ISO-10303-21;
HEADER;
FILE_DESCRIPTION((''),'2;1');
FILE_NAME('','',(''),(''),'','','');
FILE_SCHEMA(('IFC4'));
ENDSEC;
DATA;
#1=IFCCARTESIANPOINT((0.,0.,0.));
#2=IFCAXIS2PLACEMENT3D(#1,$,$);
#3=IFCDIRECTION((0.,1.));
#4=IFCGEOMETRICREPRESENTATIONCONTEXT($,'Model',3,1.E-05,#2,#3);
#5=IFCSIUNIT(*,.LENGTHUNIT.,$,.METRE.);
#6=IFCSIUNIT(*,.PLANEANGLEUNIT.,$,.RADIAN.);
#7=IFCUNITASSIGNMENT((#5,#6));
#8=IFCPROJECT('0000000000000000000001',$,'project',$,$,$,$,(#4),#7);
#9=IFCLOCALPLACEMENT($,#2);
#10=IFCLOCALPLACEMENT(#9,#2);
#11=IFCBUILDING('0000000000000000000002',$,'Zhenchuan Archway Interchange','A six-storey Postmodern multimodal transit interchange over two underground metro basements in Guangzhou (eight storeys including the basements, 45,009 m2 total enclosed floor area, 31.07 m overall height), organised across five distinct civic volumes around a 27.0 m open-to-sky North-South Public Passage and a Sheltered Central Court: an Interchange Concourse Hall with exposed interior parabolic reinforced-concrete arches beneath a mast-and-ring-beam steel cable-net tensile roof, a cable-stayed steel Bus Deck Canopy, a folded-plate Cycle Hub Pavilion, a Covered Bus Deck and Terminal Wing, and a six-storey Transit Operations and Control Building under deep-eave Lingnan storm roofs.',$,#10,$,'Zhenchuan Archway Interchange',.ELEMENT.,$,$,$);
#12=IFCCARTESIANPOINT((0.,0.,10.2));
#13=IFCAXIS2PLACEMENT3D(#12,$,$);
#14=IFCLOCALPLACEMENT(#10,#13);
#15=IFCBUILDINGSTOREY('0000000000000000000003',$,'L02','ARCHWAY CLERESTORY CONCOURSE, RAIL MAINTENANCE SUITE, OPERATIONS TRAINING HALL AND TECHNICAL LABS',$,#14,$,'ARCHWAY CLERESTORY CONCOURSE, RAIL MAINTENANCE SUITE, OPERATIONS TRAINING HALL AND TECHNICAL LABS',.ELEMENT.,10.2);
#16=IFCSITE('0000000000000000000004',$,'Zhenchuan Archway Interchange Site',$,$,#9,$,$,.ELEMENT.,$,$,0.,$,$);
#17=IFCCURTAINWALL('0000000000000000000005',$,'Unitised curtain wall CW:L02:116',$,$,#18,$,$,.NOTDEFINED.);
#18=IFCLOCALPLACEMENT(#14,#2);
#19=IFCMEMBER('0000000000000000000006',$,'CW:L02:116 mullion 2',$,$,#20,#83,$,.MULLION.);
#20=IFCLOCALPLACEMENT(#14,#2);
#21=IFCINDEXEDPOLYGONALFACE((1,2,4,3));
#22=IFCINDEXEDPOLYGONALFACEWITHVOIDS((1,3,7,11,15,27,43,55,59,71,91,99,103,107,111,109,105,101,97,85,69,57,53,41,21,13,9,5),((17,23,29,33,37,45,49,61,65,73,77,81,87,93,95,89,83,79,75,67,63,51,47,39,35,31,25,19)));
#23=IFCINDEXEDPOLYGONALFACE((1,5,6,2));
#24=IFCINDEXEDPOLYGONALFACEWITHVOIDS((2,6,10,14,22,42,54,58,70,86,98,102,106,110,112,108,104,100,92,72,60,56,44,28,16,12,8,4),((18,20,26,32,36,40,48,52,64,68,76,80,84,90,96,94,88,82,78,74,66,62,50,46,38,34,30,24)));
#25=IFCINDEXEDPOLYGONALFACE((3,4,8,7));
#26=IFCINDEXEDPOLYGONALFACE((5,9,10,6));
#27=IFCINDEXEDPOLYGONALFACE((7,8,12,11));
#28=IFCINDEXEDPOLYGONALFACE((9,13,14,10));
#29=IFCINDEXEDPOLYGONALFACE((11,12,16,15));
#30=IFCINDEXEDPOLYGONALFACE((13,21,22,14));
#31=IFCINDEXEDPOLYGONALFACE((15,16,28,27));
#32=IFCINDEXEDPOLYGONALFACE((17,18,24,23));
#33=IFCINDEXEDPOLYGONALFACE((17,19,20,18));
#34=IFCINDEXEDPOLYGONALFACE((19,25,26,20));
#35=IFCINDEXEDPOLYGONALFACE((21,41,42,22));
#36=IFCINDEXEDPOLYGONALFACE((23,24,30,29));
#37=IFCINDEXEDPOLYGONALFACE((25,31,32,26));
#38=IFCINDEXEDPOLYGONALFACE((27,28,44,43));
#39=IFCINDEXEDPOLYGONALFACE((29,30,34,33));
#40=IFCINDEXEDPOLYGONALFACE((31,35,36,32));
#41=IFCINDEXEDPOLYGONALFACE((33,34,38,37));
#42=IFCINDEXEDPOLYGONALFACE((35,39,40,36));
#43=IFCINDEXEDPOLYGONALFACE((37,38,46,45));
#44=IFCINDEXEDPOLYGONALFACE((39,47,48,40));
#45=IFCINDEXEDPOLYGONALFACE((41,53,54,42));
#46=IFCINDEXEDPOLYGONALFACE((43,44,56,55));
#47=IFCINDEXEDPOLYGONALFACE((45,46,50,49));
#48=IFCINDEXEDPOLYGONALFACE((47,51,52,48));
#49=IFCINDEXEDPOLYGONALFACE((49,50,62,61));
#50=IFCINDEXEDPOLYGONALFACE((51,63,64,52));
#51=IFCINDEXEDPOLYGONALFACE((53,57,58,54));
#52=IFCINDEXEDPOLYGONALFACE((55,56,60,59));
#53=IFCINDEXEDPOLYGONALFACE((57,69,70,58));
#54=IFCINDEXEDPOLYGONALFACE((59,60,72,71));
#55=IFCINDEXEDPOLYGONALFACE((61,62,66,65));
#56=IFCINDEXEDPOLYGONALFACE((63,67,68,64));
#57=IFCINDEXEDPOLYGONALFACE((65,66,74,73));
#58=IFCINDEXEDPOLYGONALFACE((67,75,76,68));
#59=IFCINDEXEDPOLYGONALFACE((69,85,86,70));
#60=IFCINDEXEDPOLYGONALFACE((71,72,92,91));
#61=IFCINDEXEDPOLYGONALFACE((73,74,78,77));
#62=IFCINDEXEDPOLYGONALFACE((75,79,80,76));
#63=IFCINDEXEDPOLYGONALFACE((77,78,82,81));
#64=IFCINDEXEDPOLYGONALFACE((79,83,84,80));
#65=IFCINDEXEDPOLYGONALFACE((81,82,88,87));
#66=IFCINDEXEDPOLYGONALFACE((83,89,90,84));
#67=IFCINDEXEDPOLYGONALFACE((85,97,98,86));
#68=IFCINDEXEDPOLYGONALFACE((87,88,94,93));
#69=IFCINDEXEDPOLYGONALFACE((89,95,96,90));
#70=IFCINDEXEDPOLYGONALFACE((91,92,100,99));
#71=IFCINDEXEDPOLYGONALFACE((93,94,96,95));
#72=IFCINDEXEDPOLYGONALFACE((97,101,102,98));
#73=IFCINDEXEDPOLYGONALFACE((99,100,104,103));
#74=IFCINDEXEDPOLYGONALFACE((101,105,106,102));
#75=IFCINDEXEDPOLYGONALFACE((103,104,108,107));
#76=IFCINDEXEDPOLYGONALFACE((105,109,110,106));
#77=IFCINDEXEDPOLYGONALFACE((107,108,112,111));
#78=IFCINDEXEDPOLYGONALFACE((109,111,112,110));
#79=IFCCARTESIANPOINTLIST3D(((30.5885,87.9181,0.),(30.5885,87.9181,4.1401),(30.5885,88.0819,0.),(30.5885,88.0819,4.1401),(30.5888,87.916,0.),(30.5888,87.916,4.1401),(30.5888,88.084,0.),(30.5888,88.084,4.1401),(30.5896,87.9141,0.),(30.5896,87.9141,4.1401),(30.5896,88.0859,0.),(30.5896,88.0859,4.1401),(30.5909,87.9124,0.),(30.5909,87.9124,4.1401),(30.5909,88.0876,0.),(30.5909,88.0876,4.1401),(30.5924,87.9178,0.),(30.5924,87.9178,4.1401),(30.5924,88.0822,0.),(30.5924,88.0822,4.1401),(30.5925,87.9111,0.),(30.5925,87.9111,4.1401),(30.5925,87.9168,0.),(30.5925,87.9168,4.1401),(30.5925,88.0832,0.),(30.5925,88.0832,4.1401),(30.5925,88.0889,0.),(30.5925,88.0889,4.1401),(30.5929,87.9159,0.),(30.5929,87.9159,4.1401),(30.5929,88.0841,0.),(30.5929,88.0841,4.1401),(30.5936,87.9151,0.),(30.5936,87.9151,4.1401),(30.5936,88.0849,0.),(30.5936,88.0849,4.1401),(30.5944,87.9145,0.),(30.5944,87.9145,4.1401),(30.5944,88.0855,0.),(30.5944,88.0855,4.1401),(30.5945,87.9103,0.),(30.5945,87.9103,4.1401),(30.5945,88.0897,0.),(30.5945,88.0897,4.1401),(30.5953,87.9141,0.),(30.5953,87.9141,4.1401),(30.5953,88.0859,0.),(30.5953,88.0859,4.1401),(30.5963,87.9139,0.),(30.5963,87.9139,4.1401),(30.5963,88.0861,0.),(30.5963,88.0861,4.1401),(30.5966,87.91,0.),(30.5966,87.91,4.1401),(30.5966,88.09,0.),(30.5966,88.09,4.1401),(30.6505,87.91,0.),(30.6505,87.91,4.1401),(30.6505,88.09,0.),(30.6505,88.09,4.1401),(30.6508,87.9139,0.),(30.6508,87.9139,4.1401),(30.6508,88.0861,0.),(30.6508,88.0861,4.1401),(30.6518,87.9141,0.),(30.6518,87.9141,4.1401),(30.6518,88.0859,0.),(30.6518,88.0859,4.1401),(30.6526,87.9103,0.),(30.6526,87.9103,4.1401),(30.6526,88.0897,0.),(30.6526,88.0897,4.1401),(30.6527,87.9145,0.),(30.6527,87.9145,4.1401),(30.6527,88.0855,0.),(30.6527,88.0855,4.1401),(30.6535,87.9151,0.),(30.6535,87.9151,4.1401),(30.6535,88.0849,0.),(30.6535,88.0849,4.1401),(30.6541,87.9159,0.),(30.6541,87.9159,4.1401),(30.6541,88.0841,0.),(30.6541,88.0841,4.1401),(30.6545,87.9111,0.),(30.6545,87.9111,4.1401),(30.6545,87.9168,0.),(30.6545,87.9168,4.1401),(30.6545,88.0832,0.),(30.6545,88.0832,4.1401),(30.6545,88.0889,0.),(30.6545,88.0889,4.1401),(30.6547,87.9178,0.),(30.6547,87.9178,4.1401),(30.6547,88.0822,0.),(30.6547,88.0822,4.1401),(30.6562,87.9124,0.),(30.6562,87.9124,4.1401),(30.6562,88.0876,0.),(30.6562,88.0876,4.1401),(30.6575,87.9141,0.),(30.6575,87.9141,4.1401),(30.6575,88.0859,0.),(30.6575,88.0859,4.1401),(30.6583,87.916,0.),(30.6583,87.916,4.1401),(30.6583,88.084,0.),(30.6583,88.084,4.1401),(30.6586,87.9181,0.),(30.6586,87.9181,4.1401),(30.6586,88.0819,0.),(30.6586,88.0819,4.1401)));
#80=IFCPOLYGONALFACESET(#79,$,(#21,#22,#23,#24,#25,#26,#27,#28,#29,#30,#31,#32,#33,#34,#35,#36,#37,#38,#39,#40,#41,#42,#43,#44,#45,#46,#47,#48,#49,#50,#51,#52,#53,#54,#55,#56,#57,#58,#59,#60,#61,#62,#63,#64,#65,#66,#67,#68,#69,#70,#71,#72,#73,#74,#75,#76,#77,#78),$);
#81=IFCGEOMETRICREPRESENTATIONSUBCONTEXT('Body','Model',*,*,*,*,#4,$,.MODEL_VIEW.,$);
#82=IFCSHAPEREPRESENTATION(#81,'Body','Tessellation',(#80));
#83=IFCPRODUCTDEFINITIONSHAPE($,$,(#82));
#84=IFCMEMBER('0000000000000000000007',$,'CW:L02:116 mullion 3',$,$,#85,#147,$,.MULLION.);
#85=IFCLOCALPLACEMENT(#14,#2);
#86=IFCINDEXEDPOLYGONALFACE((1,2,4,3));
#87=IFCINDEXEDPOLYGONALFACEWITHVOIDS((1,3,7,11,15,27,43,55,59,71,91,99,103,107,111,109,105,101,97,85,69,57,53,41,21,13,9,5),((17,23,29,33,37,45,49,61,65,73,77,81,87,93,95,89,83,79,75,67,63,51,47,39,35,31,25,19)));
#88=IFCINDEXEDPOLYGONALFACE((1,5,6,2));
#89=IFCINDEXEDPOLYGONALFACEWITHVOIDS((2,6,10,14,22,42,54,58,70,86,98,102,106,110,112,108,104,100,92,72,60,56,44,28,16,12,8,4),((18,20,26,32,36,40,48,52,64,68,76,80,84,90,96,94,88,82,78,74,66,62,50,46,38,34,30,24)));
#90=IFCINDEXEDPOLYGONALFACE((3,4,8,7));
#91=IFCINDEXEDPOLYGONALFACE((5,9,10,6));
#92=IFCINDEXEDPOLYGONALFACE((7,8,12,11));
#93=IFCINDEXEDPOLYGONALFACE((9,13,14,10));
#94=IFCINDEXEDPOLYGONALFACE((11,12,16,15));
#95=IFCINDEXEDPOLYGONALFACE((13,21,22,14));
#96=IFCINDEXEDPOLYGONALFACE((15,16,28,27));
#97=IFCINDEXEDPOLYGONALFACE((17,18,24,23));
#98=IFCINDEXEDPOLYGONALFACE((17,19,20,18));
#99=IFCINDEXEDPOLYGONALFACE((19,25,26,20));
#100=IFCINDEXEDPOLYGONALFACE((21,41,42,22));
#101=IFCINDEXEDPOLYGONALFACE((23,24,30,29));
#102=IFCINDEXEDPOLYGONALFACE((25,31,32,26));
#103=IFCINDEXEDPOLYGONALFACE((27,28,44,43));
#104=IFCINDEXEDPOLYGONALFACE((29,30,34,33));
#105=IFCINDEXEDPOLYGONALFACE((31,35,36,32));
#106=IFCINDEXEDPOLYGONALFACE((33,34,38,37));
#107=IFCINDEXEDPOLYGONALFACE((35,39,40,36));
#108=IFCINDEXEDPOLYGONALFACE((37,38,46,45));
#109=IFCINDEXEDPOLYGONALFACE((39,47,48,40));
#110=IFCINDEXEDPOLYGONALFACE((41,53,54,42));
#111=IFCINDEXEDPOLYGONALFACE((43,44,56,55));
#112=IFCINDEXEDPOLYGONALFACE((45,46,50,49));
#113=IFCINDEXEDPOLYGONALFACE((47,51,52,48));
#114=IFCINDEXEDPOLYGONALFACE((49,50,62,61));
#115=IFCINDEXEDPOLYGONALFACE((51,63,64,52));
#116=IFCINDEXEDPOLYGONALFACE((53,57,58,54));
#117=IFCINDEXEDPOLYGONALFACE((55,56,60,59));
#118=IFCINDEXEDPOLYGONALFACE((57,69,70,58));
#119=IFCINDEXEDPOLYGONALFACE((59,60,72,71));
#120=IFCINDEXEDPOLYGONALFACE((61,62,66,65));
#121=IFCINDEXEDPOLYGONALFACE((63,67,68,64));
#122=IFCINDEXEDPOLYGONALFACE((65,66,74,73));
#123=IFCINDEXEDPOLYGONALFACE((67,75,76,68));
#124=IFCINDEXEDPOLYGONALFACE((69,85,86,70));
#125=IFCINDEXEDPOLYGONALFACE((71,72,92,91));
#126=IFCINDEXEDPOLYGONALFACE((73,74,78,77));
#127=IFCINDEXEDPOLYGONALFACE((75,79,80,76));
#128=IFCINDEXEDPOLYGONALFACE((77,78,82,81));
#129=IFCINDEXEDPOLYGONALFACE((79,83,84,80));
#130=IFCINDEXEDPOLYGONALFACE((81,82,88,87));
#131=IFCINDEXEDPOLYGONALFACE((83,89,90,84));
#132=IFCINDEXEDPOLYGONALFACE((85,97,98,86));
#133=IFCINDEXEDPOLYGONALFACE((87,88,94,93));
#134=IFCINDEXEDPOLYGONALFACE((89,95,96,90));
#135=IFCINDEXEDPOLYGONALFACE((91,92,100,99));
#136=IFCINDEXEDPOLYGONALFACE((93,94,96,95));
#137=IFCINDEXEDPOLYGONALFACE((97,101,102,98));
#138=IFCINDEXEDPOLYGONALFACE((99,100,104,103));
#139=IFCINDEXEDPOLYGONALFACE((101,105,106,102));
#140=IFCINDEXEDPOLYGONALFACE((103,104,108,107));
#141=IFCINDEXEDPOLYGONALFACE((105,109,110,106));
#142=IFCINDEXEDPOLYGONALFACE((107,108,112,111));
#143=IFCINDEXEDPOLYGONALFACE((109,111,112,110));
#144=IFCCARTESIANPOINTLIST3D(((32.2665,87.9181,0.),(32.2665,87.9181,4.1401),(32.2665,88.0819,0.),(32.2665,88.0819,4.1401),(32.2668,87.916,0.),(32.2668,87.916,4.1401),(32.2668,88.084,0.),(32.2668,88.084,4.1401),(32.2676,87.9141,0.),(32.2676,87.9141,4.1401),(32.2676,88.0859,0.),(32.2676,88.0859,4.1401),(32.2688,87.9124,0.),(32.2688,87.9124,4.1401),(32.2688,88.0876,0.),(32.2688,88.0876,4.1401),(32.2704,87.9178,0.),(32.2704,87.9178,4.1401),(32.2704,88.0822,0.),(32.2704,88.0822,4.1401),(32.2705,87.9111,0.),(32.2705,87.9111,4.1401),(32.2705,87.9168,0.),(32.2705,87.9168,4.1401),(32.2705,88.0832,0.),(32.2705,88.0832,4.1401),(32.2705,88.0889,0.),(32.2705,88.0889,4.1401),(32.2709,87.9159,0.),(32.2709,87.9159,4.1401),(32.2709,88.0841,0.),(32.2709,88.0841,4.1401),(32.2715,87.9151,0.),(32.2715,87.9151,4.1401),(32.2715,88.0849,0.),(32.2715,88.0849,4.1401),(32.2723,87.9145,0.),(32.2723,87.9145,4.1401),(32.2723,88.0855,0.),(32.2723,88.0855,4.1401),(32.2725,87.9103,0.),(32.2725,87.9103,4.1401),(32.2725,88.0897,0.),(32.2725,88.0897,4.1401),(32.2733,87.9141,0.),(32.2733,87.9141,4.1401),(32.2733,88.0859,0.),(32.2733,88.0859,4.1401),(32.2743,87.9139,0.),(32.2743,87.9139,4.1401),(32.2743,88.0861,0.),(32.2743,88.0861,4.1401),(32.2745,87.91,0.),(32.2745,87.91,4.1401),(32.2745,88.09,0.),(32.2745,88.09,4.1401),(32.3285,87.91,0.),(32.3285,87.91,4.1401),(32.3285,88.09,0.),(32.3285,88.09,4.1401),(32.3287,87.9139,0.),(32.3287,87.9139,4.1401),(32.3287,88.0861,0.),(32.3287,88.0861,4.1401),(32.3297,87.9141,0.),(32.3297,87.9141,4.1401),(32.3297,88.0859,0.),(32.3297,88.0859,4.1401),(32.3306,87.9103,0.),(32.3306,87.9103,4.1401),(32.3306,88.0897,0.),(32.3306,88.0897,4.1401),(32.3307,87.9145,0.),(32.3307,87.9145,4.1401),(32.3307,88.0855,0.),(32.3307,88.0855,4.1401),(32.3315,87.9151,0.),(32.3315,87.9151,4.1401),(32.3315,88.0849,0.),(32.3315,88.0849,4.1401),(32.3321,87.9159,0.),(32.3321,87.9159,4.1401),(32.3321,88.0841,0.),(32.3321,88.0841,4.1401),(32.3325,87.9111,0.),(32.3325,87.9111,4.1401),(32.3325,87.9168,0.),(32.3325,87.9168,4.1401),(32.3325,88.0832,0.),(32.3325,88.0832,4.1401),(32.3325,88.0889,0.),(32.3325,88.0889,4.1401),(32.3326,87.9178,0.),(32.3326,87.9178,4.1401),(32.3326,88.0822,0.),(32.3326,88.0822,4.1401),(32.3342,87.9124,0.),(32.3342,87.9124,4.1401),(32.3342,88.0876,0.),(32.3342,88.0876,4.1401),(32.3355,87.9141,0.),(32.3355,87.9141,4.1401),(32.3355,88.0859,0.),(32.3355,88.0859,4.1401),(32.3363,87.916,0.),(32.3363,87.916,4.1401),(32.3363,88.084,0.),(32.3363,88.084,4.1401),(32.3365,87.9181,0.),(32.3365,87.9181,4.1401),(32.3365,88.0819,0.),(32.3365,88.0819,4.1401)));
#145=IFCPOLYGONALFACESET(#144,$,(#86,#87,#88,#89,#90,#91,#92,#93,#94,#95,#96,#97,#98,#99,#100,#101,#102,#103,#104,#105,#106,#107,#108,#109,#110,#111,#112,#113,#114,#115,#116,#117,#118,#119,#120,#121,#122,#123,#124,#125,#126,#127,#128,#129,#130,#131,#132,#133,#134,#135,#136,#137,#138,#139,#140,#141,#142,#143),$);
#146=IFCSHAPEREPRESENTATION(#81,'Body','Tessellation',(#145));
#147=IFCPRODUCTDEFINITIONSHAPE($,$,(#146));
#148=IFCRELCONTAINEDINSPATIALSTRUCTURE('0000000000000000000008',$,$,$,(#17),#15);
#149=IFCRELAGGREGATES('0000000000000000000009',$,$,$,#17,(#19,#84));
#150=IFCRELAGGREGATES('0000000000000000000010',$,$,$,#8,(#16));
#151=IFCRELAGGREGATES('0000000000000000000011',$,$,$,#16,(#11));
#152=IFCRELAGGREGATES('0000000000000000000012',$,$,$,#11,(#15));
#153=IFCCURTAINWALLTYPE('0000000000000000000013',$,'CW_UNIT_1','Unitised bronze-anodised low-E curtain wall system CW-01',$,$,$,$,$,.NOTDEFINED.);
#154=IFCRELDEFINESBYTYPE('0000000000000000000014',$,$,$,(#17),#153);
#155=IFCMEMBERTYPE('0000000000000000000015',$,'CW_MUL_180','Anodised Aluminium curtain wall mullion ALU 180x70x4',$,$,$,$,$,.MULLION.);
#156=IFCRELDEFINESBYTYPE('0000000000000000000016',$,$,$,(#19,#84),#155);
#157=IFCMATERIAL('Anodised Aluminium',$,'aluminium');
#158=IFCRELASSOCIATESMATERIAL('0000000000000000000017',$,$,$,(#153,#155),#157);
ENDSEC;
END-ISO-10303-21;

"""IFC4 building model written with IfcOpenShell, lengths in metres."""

from ifc_helpers import new_model, si_unit, direction, frame, origin, origin_2d, place, context, subcontext, project, spatial, hollow_rectangle, extrude, material, material_profile, profile_set, type_object, element, aggregate, save


model = new_model("IFC4")

# Units and contexts
model_context = context("Model", 3, precision=1e-05, world=origin(), true_north=direction((0.0, 1.0)))
body_context = subcontext(model_context, "Body", "Model", "MODEL_VIEW")
ifc_project = project(units=[si_unit("LENGTHUNIT", "METRE"), si_unit("PLANEANGLEUNIT", "RADIAN")], contexts=[model_context])

# Site, building, storey
site_placement = place(None, origin())
site = spatial("IfcSite", under=ifc_project, at=site_placement, Name="Zhenchuan Archway Interchange Site", CompositionType="ELEMENT", RefElevation=0.0)
building_placement = place(site_placement, origin())
building = spatial("IfcBuilding", under=site, at=building_placement, Name="Zhenchuan Archway Interchange", Description="A six-storey Postmodern multimodal transit interchange over two underground metro basements in Guangzhou (eight storeys including the basements, 45,009 m2 total enclosed floor area, 31.07 m overall height), organised across five distinct civic volumes around a 27.0 m open-to-sky North-South Public Passage and a Sheltered Central Court: an Interchange Concourse Hall with exposed interior parabolic reinforced-concrete arches beneath a mast-and-ring-beam steel cable-net tensile roof, a cable-stayed steel Bus Deck Canopy, a folded-plate Cycle Hub Pavilion, a Covered Bus Deck and Terminal Wing, and a six-storey Transit Operations and Control Building under deep-eave Lingnan storm roofs.", LongName="Zhenchuan Archway Interchange", CompositionType="ELEMENT")
storey_placement = place(building_placement, frame((0.0, 0.0, 10.2)))
storey = spatial("IfcBuildingStorey", under=building, at=storey_placement, Name="L02", Description="ARCHWAY CLERESTORY CONCOURSE, RAIL MAINTENANCE SUITE, OPERATIONS TRAINING HALL AND TECHNICAL LABS", LongName="ARCHWAY CLERESTORY CONCOURSE, RAIL MAINTENANCE SUITE, OPERATIONS TRAINING HALL AND TECHNICAL LABS", CompositionType="ELEMENT", Elevation=10.2)

# Curtain wall, members
ifc_material_1 = material(Name="Anodised Aluminium", Category="aluminium")
curtain_wall_type = type_object("IfcCurtainWallType", Name="CW_UNIT_1", Description="Unitised bronze-anodised low-E curtain wall system CW-01", PredefinedType="NOTDEFINED", material=ifc_material_1)
curtain_wall_placement = place(storey_placement, origin())
curtain_wall = element("IfcCurtainWall", 1, at=curtain_wall_placement, inside=storey, type_object=curtain_wall_type, Name="Unitised curtain wall CW:L02:116", PredefinedType="NOTDEFINED")
ifc_material_profile_1 = material_profile(ifc_material_1, hollow_rectangle(XDim=0.0701, YDim=0.1799, WallThickness=0.0039, InnerFilletRadius=0.0039, OuterFilletRadius=0.0081, at=origin_2d()), Name="ALU 180x70x4")
ifc_profile_set_1 = profile_set([ifc_material_profile_1], Name="Anodised Aluminium")
member_type_1 = type_object("IfcMemberType", Name="CW_MUL_180", Description="Anodised Aluminium curtain wall mullion ALU 180x70x4", PredefinedType="MULLION", material=ifc_profile_set_1)
member_1_placement = place(storey_placement, frame((30.6235, 88.0, 0.0), z_axis=(0.0, 0.0, 1.0), x_axis=(1.0, 0.0, 0.0)))
member_1 = element("IfcMember", 2, at=member_1_placement, type_object=member_type_1, Name="CW:L02:116 mullion 2", PredefinedType="MULLION", context=body_context, shape_type="SweptSolid", body=[
    extrude(hollow_rectangle(XDim=0.0701, YDim=0.1799, WallThickness=0.0039, InnerFilletRadius=0.0039, OuterFilletRadius=0.0081, at=origin_2d()), origin(), (0.0, 0.0, 1.0), 4.1401),
])
member_2_placement = place(storey_placement, frame((32.3015, 88.0, 0.0), z_axis=(0.0, 0.0, 1.0), x_axis=(1.0, 0.0, 0.0)))
member_2 = element("IfcMember", 3, at=member_2_placement, type_object=member_type_1, Name="CW:L02:116 mullion 3", PredefinedType="MULLION", context=body_context, shape_type="SweptSolid", body=[
    extrude(hollow_rectangle(XDim=0.0701, YDim=0.1799, WallThickness=0.0039, InnerFilletRadius=0.0039, OuterFilletRadius=0.0081, at=origin_2d()), origin(), (0.0, 0.0, 1.0), 4.1401),
])

aggregate(curtain_wall, [member_1, member_2])

save(model, "model.ifc")
